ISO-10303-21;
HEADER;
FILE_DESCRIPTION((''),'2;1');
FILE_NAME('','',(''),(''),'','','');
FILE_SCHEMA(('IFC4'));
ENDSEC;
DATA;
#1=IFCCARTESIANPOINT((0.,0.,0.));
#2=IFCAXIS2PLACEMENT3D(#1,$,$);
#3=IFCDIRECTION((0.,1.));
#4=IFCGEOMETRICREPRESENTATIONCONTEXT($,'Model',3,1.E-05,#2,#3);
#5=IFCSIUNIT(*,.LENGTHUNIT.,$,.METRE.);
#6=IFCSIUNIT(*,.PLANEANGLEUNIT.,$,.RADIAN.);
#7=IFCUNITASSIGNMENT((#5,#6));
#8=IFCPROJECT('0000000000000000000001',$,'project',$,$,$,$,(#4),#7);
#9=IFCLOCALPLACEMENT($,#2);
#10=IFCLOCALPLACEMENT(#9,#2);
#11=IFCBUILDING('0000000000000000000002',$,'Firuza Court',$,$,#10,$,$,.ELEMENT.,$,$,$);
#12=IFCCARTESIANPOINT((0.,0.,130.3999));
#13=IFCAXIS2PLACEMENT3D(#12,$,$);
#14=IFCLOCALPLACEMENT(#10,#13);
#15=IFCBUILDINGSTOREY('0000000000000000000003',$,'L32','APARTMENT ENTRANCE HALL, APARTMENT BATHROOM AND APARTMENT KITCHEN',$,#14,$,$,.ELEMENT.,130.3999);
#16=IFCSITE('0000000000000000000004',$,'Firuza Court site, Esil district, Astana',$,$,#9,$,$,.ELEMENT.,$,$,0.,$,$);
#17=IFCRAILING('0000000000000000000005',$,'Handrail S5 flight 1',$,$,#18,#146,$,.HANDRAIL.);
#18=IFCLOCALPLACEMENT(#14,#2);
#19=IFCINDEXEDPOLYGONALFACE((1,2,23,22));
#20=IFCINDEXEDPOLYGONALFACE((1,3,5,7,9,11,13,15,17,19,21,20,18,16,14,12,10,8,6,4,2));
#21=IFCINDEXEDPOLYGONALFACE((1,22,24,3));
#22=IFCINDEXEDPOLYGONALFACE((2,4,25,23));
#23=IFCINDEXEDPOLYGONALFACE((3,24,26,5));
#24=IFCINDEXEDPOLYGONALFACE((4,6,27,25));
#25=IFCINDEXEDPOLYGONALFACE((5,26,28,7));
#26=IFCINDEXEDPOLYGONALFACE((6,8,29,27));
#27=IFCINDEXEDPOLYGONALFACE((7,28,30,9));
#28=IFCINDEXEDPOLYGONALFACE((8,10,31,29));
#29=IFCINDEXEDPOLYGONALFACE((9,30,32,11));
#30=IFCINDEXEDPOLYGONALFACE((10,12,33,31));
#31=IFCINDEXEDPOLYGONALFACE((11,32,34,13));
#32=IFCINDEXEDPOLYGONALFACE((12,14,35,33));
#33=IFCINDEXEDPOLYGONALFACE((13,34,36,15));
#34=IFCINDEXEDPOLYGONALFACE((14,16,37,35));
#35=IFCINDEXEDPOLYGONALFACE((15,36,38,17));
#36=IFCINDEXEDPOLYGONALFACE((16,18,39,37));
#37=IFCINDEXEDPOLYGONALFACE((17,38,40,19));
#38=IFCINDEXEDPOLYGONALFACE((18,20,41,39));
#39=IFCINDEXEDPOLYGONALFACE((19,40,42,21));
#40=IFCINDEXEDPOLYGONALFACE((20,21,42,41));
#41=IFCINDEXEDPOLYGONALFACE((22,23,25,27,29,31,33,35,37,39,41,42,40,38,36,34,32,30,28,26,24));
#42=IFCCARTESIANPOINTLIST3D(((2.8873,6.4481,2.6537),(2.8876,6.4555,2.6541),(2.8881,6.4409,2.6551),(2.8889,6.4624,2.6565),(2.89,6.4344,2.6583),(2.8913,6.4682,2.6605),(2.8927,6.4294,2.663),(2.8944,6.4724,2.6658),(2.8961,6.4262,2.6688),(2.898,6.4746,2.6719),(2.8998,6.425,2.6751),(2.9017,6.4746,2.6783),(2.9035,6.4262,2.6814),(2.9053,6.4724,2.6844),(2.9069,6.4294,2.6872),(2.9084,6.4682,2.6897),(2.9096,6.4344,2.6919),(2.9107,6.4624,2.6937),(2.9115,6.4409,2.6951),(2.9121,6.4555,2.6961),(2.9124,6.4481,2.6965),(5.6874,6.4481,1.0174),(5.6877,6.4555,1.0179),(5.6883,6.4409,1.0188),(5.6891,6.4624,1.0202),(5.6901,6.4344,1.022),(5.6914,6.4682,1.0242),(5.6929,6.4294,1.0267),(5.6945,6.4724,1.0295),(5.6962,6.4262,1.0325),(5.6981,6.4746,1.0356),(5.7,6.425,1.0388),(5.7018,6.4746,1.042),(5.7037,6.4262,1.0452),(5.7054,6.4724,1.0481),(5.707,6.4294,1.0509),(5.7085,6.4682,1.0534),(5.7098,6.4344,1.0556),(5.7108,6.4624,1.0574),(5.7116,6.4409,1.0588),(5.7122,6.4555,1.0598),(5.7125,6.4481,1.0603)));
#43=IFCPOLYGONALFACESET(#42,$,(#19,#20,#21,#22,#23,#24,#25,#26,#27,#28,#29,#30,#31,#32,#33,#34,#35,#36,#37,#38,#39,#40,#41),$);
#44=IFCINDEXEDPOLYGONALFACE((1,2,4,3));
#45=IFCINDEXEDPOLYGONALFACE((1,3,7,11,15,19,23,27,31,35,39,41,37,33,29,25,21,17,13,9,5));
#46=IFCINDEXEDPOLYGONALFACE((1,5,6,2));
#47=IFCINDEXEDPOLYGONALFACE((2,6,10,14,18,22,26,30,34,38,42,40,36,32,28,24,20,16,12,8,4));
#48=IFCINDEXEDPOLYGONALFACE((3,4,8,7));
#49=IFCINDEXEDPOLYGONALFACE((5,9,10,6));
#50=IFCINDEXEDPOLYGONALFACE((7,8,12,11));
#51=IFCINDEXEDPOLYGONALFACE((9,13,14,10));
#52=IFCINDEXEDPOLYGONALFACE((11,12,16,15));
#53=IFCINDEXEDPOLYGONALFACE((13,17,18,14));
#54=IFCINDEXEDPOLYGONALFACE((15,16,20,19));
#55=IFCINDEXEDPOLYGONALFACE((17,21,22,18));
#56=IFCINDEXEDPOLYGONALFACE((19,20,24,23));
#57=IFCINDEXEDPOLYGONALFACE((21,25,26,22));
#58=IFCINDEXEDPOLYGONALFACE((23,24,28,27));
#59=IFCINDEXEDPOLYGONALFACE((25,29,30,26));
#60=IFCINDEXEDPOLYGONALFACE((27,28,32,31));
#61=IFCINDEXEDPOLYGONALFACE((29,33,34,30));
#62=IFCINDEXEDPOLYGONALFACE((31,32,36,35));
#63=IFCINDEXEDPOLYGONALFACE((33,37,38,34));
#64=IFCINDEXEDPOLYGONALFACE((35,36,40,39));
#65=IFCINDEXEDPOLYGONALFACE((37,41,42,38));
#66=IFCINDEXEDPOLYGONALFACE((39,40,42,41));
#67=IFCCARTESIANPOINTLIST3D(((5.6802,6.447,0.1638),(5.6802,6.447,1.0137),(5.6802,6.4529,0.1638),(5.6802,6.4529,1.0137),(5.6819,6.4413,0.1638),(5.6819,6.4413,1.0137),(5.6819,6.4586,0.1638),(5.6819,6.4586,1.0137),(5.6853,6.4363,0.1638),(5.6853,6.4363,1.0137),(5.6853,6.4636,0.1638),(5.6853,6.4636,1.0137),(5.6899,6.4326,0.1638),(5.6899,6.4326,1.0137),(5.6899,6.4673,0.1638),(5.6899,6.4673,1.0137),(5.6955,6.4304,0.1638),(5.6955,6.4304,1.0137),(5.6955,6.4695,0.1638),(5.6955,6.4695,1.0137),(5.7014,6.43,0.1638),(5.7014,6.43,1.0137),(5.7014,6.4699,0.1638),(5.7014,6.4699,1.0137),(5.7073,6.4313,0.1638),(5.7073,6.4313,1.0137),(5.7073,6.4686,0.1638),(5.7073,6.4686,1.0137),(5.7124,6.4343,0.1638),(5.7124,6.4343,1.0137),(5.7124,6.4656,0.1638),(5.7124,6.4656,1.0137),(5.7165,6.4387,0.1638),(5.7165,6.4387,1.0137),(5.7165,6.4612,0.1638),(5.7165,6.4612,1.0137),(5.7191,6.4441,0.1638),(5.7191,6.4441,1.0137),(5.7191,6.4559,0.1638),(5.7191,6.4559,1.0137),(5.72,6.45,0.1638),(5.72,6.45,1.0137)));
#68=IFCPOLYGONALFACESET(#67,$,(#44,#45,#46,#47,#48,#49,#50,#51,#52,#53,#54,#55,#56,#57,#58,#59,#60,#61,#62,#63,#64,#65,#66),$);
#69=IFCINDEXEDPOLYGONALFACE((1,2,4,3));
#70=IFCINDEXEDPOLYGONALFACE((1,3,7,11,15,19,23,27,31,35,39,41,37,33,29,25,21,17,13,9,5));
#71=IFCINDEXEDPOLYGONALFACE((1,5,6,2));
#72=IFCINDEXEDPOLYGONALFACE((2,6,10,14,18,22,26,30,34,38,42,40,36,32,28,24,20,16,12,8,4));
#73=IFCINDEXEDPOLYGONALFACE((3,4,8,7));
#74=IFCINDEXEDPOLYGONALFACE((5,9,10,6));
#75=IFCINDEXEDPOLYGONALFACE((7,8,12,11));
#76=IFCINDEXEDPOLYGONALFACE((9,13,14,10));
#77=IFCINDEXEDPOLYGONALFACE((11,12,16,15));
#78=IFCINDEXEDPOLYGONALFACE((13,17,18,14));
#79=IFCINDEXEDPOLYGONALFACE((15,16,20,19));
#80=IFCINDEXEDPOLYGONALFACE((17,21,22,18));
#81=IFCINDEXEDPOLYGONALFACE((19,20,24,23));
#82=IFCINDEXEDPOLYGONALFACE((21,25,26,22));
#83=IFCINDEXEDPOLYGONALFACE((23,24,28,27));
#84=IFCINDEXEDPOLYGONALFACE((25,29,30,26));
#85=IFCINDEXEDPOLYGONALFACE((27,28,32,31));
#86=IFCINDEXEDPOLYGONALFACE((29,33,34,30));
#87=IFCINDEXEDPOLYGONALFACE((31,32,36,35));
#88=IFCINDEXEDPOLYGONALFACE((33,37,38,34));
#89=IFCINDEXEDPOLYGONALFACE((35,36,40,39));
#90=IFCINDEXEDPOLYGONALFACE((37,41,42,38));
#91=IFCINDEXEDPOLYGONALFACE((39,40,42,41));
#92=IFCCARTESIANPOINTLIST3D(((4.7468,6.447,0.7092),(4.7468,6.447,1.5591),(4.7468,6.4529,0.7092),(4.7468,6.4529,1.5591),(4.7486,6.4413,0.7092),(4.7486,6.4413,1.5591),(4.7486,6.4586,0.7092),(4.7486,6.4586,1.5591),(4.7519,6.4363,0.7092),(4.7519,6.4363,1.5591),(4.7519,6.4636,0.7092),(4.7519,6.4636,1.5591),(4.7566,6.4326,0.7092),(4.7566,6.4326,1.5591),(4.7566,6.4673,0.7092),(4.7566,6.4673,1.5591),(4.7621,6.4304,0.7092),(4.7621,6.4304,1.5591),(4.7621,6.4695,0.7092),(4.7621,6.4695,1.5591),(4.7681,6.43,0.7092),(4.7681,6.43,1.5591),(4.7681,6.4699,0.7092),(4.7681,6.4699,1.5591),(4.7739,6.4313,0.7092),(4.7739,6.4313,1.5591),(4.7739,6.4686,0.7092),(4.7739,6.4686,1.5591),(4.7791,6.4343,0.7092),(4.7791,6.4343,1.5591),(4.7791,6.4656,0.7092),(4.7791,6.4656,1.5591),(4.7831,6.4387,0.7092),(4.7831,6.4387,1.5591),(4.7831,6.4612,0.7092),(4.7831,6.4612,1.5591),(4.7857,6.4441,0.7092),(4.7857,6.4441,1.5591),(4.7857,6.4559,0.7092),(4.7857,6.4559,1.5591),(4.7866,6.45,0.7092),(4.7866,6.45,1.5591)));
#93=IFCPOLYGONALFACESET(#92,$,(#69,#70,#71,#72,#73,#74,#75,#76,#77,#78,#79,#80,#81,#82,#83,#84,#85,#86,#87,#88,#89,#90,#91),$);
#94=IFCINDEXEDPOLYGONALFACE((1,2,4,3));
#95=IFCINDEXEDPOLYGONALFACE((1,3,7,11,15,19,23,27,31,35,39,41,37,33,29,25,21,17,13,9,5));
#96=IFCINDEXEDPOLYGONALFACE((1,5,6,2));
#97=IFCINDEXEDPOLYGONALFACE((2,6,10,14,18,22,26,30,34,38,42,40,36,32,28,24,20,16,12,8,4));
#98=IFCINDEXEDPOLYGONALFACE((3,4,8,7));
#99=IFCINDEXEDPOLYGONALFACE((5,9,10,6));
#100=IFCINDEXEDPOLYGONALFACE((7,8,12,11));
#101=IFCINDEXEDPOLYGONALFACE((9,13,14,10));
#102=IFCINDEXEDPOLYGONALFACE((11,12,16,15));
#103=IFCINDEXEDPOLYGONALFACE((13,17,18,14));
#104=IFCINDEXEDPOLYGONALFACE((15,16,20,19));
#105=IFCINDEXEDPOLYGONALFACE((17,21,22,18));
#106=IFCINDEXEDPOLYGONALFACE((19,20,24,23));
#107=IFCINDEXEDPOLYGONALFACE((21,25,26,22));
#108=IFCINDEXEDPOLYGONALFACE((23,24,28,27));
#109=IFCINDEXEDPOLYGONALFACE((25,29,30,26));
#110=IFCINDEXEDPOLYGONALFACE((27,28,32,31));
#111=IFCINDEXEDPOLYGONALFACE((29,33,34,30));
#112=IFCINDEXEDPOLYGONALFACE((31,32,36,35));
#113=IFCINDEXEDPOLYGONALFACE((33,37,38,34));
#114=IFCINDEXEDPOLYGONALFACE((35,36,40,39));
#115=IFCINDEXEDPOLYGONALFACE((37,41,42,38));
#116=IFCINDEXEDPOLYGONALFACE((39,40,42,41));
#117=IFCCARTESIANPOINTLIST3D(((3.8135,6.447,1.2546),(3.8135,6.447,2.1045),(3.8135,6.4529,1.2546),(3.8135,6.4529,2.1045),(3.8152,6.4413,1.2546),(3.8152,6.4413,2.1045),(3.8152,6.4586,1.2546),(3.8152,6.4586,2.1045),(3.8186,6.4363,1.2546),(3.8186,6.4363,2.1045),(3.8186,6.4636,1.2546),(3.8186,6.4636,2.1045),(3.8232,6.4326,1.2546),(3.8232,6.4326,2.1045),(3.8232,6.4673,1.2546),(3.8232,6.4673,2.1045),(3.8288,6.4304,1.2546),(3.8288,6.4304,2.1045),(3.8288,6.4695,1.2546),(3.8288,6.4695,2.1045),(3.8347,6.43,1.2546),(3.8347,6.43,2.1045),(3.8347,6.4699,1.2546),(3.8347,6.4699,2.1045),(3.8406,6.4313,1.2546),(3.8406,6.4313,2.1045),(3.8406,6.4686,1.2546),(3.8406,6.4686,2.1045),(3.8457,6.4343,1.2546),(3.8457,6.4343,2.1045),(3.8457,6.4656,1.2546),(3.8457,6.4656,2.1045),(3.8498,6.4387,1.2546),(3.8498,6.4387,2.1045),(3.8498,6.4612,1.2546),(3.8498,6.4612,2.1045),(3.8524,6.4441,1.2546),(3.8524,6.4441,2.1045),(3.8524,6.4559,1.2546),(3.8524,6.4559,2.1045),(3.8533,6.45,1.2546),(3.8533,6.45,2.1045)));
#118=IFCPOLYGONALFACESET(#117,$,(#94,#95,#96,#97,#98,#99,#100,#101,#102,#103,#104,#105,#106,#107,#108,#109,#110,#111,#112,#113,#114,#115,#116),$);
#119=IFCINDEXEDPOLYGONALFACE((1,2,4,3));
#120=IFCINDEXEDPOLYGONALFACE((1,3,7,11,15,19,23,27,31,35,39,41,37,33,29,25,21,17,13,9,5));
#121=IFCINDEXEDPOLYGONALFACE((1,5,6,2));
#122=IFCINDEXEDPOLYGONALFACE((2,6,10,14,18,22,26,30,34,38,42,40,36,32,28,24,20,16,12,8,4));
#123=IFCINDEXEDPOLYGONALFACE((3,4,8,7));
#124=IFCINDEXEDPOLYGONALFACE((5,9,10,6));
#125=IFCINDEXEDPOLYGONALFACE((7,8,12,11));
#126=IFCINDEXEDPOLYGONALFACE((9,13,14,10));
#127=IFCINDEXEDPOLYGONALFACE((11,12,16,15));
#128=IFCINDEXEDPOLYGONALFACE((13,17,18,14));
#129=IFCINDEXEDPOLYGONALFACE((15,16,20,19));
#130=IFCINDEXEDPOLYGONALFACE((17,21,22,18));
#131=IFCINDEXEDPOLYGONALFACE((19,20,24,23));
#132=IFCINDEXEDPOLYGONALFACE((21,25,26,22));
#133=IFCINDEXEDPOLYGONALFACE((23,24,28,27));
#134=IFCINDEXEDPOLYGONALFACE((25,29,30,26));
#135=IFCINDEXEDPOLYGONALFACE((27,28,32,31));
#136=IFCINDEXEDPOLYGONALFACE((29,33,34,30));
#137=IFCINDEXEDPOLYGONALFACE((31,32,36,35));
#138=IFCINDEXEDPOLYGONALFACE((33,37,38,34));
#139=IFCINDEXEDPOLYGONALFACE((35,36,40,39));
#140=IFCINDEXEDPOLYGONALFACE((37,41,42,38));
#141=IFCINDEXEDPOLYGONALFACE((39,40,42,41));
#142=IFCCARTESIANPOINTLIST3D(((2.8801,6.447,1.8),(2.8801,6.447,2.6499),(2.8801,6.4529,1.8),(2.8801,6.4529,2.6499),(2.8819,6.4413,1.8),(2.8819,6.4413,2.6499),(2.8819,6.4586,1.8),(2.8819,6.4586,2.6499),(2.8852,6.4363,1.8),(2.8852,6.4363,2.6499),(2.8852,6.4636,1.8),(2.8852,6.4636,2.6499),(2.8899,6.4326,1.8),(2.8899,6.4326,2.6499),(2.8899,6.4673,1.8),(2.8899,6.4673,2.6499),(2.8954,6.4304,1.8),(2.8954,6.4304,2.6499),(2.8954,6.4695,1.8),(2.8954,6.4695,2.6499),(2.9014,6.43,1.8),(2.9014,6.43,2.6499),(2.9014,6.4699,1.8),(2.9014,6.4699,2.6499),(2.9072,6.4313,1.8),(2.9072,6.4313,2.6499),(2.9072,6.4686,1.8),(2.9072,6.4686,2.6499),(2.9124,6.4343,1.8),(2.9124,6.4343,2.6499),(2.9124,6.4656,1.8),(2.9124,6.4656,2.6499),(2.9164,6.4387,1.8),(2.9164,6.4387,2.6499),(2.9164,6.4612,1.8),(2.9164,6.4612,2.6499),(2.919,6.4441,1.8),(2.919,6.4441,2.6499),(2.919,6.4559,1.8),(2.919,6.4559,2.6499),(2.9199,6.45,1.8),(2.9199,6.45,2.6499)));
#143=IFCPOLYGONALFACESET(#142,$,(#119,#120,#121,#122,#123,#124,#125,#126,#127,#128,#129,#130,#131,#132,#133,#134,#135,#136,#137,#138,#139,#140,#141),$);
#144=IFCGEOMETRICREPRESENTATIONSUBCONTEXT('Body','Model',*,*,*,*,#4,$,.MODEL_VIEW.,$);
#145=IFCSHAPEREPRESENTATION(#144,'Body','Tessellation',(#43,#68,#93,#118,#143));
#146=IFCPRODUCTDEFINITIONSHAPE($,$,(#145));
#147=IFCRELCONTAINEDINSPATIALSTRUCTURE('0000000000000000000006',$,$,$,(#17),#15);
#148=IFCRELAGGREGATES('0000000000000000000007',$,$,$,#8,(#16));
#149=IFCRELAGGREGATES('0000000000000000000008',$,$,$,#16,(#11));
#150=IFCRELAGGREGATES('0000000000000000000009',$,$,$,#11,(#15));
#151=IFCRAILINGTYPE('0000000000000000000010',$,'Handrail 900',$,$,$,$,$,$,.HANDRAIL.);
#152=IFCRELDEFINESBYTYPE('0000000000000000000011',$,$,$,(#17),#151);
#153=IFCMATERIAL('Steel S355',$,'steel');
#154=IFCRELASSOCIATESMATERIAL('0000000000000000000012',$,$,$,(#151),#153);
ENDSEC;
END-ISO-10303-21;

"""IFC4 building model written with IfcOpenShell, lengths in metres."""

from ifc_helpers import new_model, si_unit, direction, frame, origin, origin_2d, place, context, subcontext, project, spatial, circle, extrude, material, type_object, element, save


model = new_model("IFC4")

# Units and contexts
model_context = context("Model", 3, precision=1e-05, world=origin(), true_north=direction((0.0, 1.0)))
body_context = subcontext(model_context, "Body", "Model", "MODEL_VIEW")
ifc_project = project(units=[si_unit("LENGTHUNIT", "METRE"), si_unit("PLANEANGLEUNIT", "RADIAN")], contexts=[model_context])

# Site, building, storey
site_placement = place(None, origin())
site = spatial("IfcSite", under=ifc_project, at=site_placement, Name="Firuza Court site, Esil district, Astana", CompositionType="ELEMENT", RefElevation=0.0)
building_placement = place(site_placement, origin())
building = spatial("IfcBuilding", under=site, at=building_placement, Name="Firuza Court", CompositionType="ELEMENT")
storey_placement = place(building_placement, frame((0.0, 0.0, 130.3999)))
storey = spatial("IfcBuildingStorey", under=building, at=storey_placement, Name="L32", Description="APARTMENT ENTRANCE HALL, APARTMENT BATHROOM AND APARTMENT KITCHEN", CompositionType="ELEMENT", Elevation=130.3999)

# Railing
ifc_material_1 = material(Name="Steel S355", Category="steel")
railing_type_1 = type_object("IfcRailingType", Name="Handrail 900", PredefinedType="HANDRAIL", material=ifc_material_1)
railing_1_placement = place(storey_placement, frame((5.7, 6.45, 0.1638)))
element("IfcRailing", 1, at=railing_1_placement, inside=storey, type_object=railing_type_1, Name="Handrail S5 flight 1", PredefinedType="HANDRAIL", context=body_context, shape_type="SweptSolid", body=[
    extrude(circle(Radius=0.0249, at=origin_2d()), frame((0.0, 0.0, 0.875), z_axis=(-0.863394, 0.0, 0.504531), x_axis=(0.0, -1.0, 0.0)), (0.0, 0.0, 1.0), 3.2432),
    extrude(circle(Radius=0.02, at=origin_2d()), origin(), (0.0, 0.0, 1.0), 0.8499),
    extrude(circle(Radius=0.02, at=origin_2d()), frame((-0.9333, 0.0, 0.5454)), (0.0, 0.0, 1.0), 0.8499),
    extrude(circle(Radius=0.02, at=origin_2d()), frame((-1.8667, 0.0, 1.0908)), (0.0, 0.0, 1.0), 0.8499),
    extrude(circle(Radius=0.02, at=origin_2d()), frame((-2.8, 0.0, 1.6362)), (0.0, 0.0, 1.0), 0.8499),
])

save(model, "model.ifc")
